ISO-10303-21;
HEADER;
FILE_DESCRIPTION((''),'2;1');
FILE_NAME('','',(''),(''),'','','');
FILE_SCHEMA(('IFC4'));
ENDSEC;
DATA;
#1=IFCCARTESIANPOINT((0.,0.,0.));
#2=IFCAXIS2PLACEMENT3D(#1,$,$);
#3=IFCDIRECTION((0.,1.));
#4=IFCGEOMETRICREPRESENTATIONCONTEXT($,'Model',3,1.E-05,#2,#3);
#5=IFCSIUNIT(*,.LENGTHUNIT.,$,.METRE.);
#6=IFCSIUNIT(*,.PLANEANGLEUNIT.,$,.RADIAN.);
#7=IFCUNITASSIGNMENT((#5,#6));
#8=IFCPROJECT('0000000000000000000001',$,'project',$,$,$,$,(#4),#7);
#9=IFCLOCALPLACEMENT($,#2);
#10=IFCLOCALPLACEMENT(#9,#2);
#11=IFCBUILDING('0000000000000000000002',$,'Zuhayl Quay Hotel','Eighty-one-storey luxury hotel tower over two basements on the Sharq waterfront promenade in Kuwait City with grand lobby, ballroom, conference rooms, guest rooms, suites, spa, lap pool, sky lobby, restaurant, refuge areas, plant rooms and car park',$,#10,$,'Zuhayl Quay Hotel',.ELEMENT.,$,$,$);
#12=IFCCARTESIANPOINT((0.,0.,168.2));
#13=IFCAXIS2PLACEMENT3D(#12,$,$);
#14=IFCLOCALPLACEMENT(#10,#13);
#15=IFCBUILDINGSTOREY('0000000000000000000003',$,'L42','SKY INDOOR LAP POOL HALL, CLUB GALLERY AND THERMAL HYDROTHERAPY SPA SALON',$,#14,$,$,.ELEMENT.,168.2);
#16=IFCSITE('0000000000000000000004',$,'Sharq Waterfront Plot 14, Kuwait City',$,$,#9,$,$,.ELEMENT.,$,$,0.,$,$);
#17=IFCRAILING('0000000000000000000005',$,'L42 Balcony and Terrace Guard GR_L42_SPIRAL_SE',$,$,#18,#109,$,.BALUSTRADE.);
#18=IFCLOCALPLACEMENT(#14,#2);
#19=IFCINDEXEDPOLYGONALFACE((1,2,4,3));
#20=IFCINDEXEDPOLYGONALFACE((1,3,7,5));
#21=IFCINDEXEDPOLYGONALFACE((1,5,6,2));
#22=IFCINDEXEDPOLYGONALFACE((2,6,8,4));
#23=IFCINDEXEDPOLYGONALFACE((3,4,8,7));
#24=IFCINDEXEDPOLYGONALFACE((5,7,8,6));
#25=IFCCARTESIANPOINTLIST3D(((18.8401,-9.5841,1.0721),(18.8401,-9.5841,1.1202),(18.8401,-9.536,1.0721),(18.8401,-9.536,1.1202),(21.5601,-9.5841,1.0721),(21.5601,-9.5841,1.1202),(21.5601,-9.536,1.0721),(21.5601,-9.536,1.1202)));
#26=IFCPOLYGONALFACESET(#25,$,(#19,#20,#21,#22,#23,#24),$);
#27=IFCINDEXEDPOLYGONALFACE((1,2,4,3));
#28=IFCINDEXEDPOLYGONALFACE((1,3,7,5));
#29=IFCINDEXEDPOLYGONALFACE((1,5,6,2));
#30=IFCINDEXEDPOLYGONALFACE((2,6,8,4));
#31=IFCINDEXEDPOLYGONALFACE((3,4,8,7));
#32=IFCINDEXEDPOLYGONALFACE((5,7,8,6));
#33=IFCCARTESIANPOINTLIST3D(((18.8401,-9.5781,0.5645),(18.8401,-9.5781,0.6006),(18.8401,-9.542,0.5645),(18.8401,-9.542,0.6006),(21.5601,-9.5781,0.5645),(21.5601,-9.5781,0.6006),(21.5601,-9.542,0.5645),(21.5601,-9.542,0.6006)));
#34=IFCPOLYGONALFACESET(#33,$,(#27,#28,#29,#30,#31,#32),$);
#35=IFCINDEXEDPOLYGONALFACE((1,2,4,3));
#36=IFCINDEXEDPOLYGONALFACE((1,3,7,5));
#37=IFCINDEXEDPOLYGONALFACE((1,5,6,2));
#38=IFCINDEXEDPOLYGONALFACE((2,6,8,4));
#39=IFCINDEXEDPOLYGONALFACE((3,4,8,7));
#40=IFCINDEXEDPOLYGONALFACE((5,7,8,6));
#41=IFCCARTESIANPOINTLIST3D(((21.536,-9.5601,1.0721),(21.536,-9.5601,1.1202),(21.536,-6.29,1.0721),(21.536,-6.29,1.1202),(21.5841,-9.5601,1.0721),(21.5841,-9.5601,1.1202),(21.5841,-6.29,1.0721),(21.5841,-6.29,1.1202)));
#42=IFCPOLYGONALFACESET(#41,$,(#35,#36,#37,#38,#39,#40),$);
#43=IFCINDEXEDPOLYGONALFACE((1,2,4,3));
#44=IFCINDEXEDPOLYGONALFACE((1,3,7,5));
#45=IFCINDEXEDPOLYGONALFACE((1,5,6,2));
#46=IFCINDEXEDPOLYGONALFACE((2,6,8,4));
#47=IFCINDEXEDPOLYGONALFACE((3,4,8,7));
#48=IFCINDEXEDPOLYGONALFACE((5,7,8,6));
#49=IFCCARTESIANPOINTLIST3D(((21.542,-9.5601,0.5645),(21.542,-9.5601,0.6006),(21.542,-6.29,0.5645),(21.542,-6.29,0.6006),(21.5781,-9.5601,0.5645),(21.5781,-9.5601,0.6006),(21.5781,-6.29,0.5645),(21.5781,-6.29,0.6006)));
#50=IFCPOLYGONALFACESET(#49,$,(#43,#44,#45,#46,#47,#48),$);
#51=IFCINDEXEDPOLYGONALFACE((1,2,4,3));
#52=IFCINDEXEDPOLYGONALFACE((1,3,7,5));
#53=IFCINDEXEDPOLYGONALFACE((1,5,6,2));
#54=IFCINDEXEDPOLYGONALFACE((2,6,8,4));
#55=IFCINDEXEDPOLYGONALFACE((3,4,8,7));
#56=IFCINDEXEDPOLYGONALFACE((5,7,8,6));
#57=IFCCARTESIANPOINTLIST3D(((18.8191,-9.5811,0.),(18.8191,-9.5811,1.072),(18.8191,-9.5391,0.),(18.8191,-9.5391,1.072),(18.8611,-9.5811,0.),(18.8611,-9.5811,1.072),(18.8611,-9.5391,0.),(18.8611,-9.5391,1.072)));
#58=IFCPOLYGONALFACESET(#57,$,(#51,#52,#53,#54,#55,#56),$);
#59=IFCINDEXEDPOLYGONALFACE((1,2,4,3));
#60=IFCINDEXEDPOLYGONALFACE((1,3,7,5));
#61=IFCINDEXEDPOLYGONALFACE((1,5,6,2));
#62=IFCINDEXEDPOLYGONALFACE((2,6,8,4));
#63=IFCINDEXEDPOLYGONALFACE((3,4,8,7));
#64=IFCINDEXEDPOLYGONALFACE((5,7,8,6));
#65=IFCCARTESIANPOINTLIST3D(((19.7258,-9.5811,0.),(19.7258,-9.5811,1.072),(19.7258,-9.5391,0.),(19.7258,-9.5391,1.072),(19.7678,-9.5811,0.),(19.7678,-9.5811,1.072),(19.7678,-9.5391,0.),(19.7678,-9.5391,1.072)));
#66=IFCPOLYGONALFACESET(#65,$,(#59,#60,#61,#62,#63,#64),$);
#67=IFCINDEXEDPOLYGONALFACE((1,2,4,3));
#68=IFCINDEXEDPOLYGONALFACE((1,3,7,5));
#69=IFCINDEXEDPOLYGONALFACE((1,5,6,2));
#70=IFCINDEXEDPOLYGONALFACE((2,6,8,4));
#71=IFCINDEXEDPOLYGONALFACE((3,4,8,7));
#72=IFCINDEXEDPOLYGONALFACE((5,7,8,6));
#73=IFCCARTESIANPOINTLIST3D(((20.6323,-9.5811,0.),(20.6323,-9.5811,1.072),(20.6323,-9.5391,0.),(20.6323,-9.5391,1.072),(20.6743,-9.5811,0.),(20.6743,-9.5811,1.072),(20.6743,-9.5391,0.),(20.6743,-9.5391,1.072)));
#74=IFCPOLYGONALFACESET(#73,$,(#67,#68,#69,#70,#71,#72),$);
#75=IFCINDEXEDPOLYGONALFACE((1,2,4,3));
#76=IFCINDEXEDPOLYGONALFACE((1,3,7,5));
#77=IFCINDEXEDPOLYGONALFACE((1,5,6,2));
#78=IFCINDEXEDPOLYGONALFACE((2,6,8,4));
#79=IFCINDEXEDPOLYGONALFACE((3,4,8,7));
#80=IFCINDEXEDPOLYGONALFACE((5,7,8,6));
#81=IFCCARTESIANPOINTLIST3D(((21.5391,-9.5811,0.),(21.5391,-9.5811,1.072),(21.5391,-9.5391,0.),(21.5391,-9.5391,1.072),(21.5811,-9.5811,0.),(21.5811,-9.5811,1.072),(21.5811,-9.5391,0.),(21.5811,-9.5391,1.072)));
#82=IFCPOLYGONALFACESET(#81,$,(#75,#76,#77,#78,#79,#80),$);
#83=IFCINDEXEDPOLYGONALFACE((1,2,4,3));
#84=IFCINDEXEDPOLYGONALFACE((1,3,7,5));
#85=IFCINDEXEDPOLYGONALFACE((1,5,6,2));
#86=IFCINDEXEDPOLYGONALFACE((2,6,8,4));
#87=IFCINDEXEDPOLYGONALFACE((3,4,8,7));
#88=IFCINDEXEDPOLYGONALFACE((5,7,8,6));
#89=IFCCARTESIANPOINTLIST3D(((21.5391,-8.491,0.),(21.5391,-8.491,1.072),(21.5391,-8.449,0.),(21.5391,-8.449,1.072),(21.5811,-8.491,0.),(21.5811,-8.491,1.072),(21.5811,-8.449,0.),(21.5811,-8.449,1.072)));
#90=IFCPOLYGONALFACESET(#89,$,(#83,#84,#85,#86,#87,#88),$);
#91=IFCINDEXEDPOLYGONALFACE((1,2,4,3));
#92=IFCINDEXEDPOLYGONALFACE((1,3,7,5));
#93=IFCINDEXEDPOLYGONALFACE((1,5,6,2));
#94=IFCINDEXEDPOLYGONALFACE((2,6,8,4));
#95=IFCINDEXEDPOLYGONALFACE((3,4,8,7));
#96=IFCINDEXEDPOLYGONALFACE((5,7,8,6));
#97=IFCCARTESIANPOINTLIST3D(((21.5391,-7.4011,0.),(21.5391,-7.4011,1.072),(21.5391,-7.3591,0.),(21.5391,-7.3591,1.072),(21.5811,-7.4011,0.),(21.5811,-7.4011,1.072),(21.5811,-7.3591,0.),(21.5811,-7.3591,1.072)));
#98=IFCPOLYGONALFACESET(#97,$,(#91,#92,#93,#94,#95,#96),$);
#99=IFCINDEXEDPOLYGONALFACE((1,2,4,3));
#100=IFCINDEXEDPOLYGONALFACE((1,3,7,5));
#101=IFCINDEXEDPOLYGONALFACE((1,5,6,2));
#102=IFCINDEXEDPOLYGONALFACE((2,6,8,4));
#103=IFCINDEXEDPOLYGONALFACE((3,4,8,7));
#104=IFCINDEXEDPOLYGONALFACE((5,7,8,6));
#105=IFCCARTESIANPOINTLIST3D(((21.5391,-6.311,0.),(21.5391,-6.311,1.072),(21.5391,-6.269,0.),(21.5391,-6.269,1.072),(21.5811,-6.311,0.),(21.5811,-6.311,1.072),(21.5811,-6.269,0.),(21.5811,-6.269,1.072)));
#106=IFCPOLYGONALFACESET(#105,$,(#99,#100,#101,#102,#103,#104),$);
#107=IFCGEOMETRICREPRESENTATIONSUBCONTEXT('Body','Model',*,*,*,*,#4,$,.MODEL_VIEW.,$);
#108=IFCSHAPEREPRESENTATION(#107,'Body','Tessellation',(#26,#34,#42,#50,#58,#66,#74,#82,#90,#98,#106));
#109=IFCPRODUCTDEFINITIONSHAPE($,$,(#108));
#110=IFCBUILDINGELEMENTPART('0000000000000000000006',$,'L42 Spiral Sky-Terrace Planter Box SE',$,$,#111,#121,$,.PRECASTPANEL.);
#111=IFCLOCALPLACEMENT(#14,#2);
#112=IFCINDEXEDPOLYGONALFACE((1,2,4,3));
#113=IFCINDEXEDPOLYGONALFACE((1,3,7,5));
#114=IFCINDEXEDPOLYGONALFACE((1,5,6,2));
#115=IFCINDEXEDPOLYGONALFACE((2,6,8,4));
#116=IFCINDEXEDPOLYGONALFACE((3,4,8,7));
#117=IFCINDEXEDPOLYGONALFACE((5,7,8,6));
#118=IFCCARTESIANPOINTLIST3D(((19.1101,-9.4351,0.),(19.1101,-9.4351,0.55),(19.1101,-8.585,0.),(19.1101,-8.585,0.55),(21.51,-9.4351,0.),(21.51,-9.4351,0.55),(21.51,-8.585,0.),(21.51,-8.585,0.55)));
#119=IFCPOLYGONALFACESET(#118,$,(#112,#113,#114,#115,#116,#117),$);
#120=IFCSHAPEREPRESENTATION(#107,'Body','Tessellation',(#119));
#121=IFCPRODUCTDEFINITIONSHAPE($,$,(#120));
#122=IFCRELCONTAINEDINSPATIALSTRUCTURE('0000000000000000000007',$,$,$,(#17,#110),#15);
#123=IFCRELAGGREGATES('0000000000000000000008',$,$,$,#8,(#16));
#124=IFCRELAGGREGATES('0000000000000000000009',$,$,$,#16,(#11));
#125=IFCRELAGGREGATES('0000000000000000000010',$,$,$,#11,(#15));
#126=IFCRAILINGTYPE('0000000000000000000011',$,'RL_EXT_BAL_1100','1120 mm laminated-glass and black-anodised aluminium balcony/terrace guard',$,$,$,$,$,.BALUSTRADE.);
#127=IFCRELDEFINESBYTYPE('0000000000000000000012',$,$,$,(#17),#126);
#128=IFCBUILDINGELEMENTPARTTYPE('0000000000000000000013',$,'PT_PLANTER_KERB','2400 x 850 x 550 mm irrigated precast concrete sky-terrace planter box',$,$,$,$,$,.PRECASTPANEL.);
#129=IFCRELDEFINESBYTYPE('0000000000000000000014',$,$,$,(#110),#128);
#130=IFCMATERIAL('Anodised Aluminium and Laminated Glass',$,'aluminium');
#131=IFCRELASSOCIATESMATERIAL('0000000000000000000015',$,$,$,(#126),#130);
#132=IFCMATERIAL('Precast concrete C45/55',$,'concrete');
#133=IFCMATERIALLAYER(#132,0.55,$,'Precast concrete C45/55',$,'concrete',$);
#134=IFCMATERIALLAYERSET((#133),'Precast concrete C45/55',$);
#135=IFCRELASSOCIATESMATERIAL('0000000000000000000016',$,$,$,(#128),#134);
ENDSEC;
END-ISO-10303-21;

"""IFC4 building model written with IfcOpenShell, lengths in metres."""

from ifc_helpers import new_model, si_unit, direction, frame, origin, origin_2d, place, context, subcontext, project, spatial, rectangle, extrude, material, layer, layer_set, type_object, element, save


model = new_model("IFC4")

# Units and contexts
model_context = context("Model", 3, precision=1e-05, world=origin(), true_north=direction((0.0, 1.0)))
body_context = subcontext(model_context, "Body", "Model", "MODEL_VIEW")
ifc_project = project(units=[si_unit("LENGTHUNIT", "METRE"), si_unit("PLANEANGLEUNIT", "RADIAN")], contexts=[model_context])

# Site, building, storey
site_placement = place(None, origin())
site = spatial("IfcSite", under=ifc_project, at=site_placement, Name="Sharq Waterfront Plot 14, Kuwait City", CompositionType="ELEMENT", RefElevation=0.0)
building_placement = place(site_placement, origin())
building = spatial("IfcBuilding", under=site, at=building_placement, Name="Zuhayl Quay Hotel", Description="Eighty-one-storey luxury hotel tower over two basements on the Sharq waterfront promenade in Kuwait City with grand lobby, ballroom, conference rooms, guest rooms, suites, spa, lap pool, sky lobby, restaurant, refuge areas, plant rooms and car park", LongName="Zuhayl Quay Hotel", CompositionType="ELEMENT")
storey_placement = place(building_placement, frame((0.0, 0.0, 168.2)))
storey = spatial("IfcBuildingStorey", under=building, at=storey_placement, Name="L42", Description="SKY INDOOR LAP POOL HALL, CLUB GALLERY AND THERMAL HYDROTHERAPY SPA SALON", CompositionType="ELEMENT", Elevation=168.2)

# Shared definitions
ifc_material_1 = material(Name="Precast concrete C45/55", Category="concrete")

# Railing
ifc_material_2 = material(Name="Anodised Aluminium and Laminated Glass", Category="aluminium")
railing_type = type_object("IfcRailingType", Name="RL_EXT_BAL_1100", Description="1120 mm laminated-glass and black-anodised aluminium balcony/terrace guard", PredefinedType="BALUSTRADE", material=ifc_material_2)
railing_placement = place(storey_placement, frame((18.8401, -9.5601, 0.0)))
element("IfcRailing", 1, at=railing_placement, inside=storey, type_object=railing_type, Name="L42 Balcony and Terrace Guard GR_L42_SPIRAL_SE", PredefinedType="BALUSTRADE", context=body_context, shape_type="SweptSolid", body=[
    extrude(rectangle(XDim=0.0481, YDim=0.0481, at=origin_2d()), frame((0.0, 0.0, 1.0962), z_axis=(1.0, 0.0, 0.0), x_axis=(0.0, 1.0, 0.0)), (0.0, 0.0, 1.0), 2.72),
    extrude(rectangle(XDim=0.0361, YDim=0.0361, at=origin_2d()), frame((0.0, 0.0, 0.5825), z_axis=(1.0, 0.0, 0.0), x_axis=(0.0, 1.0, 0.0)), (0.0, 0.0, 1.0), 2.72),
    extrude(rectangle(XDim=0.0481, YDim=0.0481, at=origin_2d()), frame((2.72, 0.0, 1.0962), z_axis=(0.0, 1.0, 0.0), x_axis=(-1.0, 0.0, 0.0)), (0.0, 0.0, 1.0), 3.27),
    extrude(rectangle(XDim=0.0361, YDim=0.0361, at=origin_2d()), frame((2.72, 0.0, 0.5825), z_axis=(0.0, 1.0, 0.0), x_axis=(-1.0, 0.0, 0.0)), (0.0, 0.0, 1.0), 3.27),
    extrude(rectangle(XDim=0.042, YDim=0.042, at=origin_2d()), origin(), (0.0, 0.0, 1.0), 1.072),
    extrude(rectangle(XDim=0.042, YDim=0.042, at=origin_2d()), frame((0.9067, 0.0, 0.0)), (0.0, 0.0, 1.0), 1.072),
    extrude(rectangle(XDim=0.042, YDim=0.042, at=origin_2d()), frame((1.8132, 0.0, 0.0)), (0.0, 0.0, 1.0), 1.072),
    extrude(rectangle(XDim=0.042, YDim=0.042, at=origin_2d()), frame((2.72, 0.0, 0.0)), (0.0, 0.0, 1.0), 1.072),
    extrude(rectangle(XDim=0.042, YDim=0.042, at=origin_2d()), frame((2.72, 1.0901, 0.0)), (0.0, 0.0, 1.0), 1.072),
    extrude(rectangle(XDim=0.042, YDim=0.042, at=origin_2d()), frame((2.72, 2.1799, 0.0)), (0.0, 0.0, 1.0), 1.072),
    extrude(rectangle(XDim=0.042, YDim=0.042, at=origin_2d()), frame((2.72, 3.27, 0.0)), (0.0, 0.0, 1.0), 1.072),
])

# Building element part
ifc_layer_1 = layer(ifc_material_1, 0.55, Name="Precast concrete C45/55", Category="concrete")
ifc_layer_set_1 = layer_set([ifc_layer_1], Name="Precast concrete C45/55")
building_element_part_type = type_object("IfcBuildingElementPartType", Name="PT_PLANTER_KERB", Description="2400 x 850 x 550 mm irrigated precast concrete sky-terrace planter box", PredefinedType="PRECASTPANEL", material=ifc_layer_set_1)
building_element_part_placement = place(storey_placement, frame((20.3101, -9.01, 0.0), z_axis=(0.0, 0.0, 1.0), x_axis=(1.0, 0.0, 0.0)))
element("IfcBuildingElementPart", 2, at=building_element_part_placement, inside=storey, type_object=building_element_part_type, Name="L42 Spiral Sky-Terrace Planter Box SE", PredefinedType="PRECASTPANEL", context=body_context, shape_type="SweptSolid", body=[
    extrude(rectangle(XDim=2.3999, YDim=0.8501, at=origin_2d()), origin(), (0.0, 0.0, 1.0), 0.55),
])

save(model, "model.ifc")
